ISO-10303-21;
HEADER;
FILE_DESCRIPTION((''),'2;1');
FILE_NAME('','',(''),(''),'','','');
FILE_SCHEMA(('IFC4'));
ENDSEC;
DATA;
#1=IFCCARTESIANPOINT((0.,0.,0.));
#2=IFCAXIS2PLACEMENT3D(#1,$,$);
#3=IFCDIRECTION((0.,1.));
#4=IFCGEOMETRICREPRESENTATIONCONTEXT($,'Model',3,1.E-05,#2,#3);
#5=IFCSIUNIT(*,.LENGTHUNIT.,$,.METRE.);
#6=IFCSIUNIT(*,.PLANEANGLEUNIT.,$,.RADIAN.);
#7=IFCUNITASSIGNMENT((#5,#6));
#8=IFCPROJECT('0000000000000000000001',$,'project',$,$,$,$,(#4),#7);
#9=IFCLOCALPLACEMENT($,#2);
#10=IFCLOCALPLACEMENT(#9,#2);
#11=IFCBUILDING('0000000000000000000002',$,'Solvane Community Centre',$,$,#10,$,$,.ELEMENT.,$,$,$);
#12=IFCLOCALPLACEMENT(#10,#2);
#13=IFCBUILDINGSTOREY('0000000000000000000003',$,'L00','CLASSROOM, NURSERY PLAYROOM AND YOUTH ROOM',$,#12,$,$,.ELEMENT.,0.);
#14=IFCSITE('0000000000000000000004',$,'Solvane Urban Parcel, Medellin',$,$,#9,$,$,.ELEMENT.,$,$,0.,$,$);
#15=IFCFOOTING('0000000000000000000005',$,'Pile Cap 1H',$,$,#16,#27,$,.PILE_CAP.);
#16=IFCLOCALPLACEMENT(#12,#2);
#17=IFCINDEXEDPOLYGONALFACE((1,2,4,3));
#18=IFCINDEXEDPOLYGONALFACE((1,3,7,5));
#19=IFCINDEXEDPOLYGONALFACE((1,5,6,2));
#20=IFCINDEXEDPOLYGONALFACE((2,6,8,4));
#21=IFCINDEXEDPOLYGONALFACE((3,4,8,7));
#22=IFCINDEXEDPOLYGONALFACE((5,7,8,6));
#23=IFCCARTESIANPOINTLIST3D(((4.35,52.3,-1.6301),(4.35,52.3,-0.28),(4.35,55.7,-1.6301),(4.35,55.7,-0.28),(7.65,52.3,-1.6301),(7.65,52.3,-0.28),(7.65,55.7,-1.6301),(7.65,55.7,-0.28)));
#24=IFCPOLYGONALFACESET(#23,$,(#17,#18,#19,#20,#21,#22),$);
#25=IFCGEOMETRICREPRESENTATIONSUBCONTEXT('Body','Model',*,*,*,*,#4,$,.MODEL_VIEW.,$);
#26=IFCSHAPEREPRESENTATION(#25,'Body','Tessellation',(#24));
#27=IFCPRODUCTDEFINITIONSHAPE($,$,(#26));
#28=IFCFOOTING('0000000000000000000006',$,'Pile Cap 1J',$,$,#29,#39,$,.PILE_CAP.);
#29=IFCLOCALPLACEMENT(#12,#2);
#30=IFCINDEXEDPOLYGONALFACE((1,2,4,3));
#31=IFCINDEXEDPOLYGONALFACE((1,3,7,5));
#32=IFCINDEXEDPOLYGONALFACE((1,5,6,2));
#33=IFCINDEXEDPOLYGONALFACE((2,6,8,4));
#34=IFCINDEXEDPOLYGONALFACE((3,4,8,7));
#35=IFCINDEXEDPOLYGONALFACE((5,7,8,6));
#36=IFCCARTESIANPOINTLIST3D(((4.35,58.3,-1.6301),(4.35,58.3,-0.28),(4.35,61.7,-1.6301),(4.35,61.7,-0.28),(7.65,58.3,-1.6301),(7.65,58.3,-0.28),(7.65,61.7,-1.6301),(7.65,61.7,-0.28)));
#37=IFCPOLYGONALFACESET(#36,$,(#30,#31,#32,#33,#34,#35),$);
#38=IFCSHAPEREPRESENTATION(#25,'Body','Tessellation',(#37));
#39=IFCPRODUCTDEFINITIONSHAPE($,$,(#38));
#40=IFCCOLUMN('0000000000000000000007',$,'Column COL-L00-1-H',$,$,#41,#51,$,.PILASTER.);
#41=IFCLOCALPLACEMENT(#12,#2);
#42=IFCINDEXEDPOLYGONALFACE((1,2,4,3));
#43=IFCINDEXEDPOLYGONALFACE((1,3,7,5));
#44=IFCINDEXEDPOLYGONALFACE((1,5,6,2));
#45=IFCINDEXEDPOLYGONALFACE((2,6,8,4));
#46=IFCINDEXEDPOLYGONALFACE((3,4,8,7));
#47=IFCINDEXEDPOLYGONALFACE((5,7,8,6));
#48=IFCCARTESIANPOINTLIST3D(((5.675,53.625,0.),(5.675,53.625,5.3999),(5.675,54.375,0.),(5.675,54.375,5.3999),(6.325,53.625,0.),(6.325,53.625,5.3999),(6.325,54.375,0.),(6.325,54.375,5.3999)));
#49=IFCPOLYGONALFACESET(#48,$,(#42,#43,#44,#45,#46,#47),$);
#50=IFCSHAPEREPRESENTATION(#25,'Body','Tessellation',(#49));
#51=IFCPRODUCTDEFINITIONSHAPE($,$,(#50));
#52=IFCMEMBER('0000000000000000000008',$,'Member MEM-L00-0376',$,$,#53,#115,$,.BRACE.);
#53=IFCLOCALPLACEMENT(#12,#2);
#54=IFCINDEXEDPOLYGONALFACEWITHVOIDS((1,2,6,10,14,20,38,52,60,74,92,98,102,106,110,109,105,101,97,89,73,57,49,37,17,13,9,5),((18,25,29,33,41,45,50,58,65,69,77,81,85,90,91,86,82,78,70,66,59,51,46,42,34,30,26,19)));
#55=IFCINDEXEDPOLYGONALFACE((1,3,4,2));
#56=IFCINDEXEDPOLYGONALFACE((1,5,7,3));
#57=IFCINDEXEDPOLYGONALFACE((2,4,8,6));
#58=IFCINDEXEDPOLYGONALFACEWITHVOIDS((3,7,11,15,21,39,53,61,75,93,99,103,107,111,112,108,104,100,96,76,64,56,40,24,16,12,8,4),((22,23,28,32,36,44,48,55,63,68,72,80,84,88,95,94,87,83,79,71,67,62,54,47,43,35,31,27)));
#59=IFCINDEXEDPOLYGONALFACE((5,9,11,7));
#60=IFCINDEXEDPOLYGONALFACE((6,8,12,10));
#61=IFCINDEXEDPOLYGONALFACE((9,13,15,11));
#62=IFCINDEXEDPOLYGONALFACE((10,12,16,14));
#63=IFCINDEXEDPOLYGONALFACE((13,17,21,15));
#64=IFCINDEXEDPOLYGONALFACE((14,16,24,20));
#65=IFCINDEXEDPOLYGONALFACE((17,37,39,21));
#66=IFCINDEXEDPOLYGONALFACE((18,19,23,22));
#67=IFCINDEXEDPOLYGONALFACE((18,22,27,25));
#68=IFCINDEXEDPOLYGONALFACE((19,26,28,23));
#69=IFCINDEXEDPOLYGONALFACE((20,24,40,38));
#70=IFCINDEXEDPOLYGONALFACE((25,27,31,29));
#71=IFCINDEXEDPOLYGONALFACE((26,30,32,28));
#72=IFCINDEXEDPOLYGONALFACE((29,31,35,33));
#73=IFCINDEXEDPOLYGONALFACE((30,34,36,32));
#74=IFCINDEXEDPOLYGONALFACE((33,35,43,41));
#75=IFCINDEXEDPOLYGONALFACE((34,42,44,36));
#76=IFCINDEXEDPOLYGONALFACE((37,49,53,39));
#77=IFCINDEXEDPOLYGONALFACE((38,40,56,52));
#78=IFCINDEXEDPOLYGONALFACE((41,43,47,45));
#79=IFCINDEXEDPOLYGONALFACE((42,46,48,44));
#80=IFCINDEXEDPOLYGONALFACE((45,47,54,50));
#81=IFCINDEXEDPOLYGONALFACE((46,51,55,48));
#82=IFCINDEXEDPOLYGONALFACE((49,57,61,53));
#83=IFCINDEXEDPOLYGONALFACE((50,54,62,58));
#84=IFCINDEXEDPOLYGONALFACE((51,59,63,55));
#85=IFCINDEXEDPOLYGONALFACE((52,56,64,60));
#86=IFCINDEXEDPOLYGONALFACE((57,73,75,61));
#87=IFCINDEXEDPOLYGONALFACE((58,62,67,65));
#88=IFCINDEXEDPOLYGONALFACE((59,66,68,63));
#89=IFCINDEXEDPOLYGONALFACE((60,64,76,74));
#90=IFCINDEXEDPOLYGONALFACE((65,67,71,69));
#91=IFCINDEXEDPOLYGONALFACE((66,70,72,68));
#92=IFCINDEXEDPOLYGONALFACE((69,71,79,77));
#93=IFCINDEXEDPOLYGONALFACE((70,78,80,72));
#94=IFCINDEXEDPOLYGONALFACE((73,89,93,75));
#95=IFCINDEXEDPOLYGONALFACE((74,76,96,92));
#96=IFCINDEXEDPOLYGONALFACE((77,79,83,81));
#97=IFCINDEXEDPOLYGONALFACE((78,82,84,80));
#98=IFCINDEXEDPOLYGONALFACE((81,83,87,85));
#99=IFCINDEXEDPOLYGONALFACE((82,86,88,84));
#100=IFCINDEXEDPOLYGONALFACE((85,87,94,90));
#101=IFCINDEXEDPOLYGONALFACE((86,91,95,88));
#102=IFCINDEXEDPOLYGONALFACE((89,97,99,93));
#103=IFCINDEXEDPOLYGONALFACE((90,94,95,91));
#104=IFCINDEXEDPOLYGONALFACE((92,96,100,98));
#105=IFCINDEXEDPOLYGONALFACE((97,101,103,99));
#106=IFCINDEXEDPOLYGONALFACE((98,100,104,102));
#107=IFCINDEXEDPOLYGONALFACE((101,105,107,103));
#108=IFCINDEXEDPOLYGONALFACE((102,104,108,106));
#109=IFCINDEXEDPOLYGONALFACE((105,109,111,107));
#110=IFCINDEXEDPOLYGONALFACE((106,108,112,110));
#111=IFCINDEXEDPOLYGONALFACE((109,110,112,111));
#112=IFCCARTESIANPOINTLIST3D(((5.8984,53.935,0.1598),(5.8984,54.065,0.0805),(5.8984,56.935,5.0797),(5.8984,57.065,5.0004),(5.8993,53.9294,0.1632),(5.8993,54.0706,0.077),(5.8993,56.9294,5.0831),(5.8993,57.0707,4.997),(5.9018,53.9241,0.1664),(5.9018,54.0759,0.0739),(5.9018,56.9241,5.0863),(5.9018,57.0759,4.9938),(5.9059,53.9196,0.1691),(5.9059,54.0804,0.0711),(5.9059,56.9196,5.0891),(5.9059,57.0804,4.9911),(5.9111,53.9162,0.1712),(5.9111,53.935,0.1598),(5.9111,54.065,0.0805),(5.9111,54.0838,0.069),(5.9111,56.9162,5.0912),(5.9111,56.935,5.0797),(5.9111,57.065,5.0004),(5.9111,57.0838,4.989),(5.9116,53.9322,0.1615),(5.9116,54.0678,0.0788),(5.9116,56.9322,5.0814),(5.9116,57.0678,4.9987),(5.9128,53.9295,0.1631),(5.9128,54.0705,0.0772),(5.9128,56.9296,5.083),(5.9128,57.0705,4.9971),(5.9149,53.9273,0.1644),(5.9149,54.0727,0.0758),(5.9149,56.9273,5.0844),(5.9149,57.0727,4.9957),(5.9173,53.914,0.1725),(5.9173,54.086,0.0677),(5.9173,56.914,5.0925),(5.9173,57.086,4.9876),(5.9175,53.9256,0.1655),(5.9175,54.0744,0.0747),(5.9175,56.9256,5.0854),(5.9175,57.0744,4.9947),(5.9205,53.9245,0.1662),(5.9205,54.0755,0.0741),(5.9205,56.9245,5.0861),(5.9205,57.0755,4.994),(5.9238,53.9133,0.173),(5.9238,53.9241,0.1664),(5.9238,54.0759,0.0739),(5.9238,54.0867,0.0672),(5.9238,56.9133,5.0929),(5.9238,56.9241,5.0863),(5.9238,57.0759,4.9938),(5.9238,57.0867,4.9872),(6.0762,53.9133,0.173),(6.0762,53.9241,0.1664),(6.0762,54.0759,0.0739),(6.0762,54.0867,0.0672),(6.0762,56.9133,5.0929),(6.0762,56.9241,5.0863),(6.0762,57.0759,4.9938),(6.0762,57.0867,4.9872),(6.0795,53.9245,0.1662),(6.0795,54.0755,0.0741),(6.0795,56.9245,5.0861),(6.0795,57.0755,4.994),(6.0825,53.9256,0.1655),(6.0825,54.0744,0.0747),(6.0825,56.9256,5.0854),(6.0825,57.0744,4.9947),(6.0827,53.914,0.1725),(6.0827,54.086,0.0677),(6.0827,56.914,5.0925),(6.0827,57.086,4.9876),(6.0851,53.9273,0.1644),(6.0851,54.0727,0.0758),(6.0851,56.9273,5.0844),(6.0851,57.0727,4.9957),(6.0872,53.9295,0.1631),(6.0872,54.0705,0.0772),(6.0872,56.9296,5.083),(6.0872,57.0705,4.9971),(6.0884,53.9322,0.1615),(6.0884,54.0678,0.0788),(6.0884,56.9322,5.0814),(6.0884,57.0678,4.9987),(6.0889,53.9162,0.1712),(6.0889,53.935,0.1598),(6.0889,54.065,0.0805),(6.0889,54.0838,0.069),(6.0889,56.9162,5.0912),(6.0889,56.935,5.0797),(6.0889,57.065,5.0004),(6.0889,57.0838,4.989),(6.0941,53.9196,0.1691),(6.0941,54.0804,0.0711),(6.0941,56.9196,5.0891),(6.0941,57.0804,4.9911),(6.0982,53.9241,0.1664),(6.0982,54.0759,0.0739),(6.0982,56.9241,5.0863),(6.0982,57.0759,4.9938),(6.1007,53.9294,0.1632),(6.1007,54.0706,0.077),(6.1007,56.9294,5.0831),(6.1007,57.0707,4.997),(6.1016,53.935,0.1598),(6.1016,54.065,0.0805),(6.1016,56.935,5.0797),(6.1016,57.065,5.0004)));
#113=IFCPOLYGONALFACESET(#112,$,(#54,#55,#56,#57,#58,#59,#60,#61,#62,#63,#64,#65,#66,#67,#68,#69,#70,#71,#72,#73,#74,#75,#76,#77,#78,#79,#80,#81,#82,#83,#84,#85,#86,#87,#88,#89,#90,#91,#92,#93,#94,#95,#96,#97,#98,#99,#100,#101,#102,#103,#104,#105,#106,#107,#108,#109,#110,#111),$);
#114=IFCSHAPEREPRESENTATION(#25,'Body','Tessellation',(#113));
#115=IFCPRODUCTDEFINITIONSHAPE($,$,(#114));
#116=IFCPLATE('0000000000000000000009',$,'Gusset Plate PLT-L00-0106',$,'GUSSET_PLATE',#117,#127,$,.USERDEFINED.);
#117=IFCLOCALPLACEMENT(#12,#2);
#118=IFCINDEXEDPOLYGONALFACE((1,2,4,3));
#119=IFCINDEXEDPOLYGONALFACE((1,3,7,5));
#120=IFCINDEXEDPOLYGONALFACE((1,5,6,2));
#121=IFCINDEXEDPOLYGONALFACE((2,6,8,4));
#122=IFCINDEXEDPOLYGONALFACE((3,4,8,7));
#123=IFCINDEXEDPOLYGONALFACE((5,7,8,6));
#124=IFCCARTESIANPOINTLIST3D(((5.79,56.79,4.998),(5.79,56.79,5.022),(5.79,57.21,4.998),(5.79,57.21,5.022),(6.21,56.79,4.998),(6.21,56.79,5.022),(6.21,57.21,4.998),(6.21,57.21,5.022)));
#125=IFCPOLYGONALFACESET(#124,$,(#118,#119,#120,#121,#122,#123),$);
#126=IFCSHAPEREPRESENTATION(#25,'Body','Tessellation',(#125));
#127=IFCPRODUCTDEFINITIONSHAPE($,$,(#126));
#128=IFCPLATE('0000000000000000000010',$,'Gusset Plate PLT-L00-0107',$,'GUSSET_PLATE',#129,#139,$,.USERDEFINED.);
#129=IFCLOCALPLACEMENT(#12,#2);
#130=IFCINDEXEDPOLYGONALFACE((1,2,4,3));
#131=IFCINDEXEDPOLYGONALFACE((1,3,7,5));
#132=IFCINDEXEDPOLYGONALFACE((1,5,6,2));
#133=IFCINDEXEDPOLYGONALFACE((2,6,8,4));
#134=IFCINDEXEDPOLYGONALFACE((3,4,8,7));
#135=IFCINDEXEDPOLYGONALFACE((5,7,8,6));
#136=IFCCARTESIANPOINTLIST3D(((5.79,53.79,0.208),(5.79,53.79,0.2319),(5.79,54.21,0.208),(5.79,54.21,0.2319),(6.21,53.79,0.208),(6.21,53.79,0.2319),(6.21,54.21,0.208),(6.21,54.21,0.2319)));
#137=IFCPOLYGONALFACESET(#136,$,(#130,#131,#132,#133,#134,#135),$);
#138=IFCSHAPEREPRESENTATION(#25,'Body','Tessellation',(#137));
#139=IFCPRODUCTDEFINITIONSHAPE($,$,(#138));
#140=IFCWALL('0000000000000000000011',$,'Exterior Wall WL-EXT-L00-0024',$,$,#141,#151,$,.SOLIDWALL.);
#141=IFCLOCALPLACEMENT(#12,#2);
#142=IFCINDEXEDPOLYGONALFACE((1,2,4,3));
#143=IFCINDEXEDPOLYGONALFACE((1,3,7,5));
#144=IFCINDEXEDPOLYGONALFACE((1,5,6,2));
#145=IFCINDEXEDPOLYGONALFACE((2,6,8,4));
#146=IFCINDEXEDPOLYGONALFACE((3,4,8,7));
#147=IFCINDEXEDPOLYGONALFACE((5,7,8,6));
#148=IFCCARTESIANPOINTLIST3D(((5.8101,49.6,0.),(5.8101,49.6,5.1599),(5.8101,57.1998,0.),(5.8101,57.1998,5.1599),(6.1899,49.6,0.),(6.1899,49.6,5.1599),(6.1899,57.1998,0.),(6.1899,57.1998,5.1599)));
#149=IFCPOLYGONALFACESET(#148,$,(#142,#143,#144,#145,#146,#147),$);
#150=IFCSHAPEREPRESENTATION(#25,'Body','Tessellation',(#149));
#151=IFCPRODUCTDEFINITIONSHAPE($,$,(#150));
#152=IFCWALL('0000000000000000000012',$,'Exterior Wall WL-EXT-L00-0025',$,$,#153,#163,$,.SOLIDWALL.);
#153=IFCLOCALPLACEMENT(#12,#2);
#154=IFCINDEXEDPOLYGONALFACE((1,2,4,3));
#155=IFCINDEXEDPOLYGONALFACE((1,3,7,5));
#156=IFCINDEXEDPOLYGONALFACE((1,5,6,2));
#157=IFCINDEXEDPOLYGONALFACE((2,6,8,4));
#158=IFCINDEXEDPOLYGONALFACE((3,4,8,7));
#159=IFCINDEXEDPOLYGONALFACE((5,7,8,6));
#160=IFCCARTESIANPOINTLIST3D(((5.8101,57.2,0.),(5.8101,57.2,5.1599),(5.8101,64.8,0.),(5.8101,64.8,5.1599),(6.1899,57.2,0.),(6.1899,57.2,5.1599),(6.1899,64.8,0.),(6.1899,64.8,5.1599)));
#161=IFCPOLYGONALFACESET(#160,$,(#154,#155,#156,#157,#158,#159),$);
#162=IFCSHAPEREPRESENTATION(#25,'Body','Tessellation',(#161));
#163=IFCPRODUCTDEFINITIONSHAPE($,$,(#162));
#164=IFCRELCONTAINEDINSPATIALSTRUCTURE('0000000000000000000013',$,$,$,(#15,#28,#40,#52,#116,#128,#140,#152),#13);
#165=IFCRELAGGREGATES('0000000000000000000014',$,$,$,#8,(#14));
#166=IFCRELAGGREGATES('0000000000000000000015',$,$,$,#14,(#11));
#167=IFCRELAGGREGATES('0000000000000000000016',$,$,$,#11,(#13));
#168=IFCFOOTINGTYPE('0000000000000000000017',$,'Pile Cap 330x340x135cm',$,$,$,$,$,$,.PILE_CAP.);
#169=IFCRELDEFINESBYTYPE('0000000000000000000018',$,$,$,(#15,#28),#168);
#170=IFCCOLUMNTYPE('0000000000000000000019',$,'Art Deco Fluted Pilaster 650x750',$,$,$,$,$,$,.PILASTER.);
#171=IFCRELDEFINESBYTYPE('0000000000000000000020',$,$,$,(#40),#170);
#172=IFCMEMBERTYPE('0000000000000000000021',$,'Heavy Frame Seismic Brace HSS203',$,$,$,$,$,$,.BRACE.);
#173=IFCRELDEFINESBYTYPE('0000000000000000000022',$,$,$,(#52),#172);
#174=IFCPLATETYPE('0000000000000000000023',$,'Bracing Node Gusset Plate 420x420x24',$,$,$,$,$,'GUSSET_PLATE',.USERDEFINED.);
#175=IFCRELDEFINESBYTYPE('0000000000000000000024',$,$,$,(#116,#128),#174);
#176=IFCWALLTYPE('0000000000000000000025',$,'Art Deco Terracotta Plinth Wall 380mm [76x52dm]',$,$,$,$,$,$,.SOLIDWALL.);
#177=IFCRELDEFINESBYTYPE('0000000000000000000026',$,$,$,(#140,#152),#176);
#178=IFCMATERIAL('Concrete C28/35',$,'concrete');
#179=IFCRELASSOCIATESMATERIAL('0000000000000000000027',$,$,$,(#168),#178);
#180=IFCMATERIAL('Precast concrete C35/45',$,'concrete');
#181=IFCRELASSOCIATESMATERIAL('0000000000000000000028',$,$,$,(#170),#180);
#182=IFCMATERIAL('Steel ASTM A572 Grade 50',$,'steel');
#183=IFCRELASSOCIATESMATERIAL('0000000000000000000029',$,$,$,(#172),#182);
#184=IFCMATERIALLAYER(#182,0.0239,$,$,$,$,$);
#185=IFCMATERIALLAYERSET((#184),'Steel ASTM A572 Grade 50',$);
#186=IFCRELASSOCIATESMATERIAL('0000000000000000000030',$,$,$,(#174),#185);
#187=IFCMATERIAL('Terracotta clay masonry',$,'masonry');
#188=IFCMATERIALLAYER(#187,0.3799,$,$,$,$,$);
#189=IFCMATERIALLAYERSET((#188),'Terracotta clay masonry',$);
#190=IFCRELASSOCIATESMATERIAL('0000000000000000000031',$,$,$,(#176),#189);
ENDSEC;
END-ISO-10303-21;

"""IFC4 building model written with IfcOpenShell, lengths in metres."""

from ifc_helpers import new_model, si_unit, direction, frame, frame_2d, origin, origin_2d, place, context, subcontext, project, spatial, rectangle, hollow_rectangle, extrude, material, layer, layer_set, material_profile, profile_set, type_object, element, save


model = new_model("IFC4")

# Units and contexts
model_context = context("Model", 3, precision=1e-05, world=origin(), true_north=direction((0.0, 1.0)))
body_context = subcontext(model_context, "Body", "Model", "MODEL_VIEW")
ifc_project = project(units=[si_unit("LENGTHUNIT", "METRE"), si_unit("PLANEANGLEUNIT", "RADIAN")], contexts=[model_context])

# Site, building, storey
site_placement = place(None, origin())
site = spatial("IfcSite", under=ifc_project, at=site_placement, Name="Solvane Urban Parcel, Medellin", CompositionType="ELEMENT", RefElevation=0.0)
building_placement = place(site_placement, origin())
building = spatial("IfcBuilding", under=site, at=building_placement, Name="Solvane Community Centre", CompositionType="ELEMENT")
storey_placement = place(building_placement, origin())
storey = spatial("IfcBuildingStorey", under=building, at=storey_placement, Name="L00", Description="CLASSROOM, NURSERY PLAYROOM AND YOUTH ROOM", CompositionType="ELEMENT", Elevation=0.0)

# Shared definitions
ifc_material_1 = material(Name="Concrete C28/35", Category="concrete")

# Footings
footing_type = type_object("IfcFootingType", Name="Pile Cap 330x340x135cm", PredefinedType="PILE_CAP", material=ifc_material_1)
for number, where, z_axis, x_axis, name in (
    (1, (6.0, 54.0, -1.6301), (0.0, 0.0, 1.0), (1.0, 0.0, 0.0), "Pile Cap 1H"),
    (2, (6.0, 60.0, -1.6301), (0.0, 0.0, 1.0), (1.0, 0.0, 0.0), "Pile Cap 1J"),
):
    element("IfcFooting", number, at=place(storey_placement, frame(where, z_axis=z_axis, x_axis=x_axis)), inside=storey, type_object=footing_type, Name=name, PredefinedType="PILE_CAP", context=body_context, shape_type="SweptSolid", body=[
        extrude(rectangle(XDim=3.3, YDim=3.3999, at=origin_2d()), origin(), (0.0, 0.0, 1.0), 1.3501),
    ])

# Column
ifc_material_2 = material(Name="Precast concrete C35/45", Category="concrete")
ifc_material_profile_1 = material_profile(ifc_material_2, rectangle(XDim=0.6499, YDim=0.75, at=origin_2d()), Name="RC 650x750")
ifc_profile_set_1 = profile_set([ifc_material_profile_1], Name="Precast concrete C35/45")
column_type = type_object("IfcColumnType", Name="Art Deco Fluted Pilaster 650x750", PredefinedType="PILASTER", material=ifc_profile_set_1)
column_placement = place(storey_placement, frame((6.0, 54.0, 0.0), z_axis=(0.0, 0.0, 1.0), x_axis=(1.0, 0.0, 0.0)))
element("IfcColumn", 3, at=column_placement, inside=storey, type_object=column_type, Name="Column COL-L00-1-H", PredefinedType="PILASTER", context=body_context, shape_type="SweptSolid", body=[
    extrude(rectangle(XDim=0.6499, YDim=0.75, at=origin_2d()), origin(), (0.0, 0.0, 1.0), 5.3999),
])

# Member
ifc_material_3 = material(Name="Steel ASTM A572 Grade 50", Category="steel")
ifc_material_profile_2 = material_profile(ifc_material_3, hollow_rectangle(XDim=0.2031, YDim=0.2031, WallThickness=0.0127, InnerFilletRadius=0.0127, OuterFilletRadius=0.0254, at=origin_2d()), Name="HSS 203x203x12.7")
ifc_profile_set_2 = profile_set([ifc_material_profile_2], Name="Steel ASTM A572 Grade 50")
member_type = type_object("IfcMemberType", Name="Heavy Frame Seismic Brace HSS203", PredefinedType="BRACE", material=ifc_profile_set_2)
member_placement = place(storey_placement, frame((6.0, 54.0, 0.1201), z_axis=(0.0, 0.520613, 0.853793), x_axis=(-1.0, 0.0, 0.0)))
element("IfcMember", 4, at=member_placement, inside=storey, type_object=member_type, Name="Member MEM-L00-0376", PredefinedType="BRACE", context=body_context, shape_type="SweptSolid", body=[
    extrude(hollow_rectangle(XDim=0.2031, YDim=0.2031, WallThickness=0.0127, InnerFilletRadius=0.0127, OuterFilletRadius=0.0254, at=origin_2d()), origin(), (0.0, 0.0, 1.0), 5.7625),
])

# Plates
ifc_layer_1 = layer(ifc_material_3, 0.0239)
ifc_layer_set_1 = layer_set([ifc_layer_1], Name="Steel ASTM A572 Grade 50")
plate_type = type_object("IfcPlateType", Name="Bracing Node Gusset Plate 420x420x24", ElementType="GUSSET_PLATE", PredefinedType="USERDEFINED", material=ifc_layer_set_1)
for number, where, z_axis, x_axis, name in (
    (5, (6.0, 57.0, 4.998), (0.0, 0.0, 1.0), (1.0, 0.0, 0.0), "Gusset Plate PLT-L00-0106"),
    (6, (6.0, 54.0, 0.208), (0.0, 0.0, 1.0), (1.0, 0.0, 0.0), "Gusset Plate PLT-L00-0107"),
):
    element("IfcPlate", number, at=place(storey_placement, frame(where, z_axis=z_axis, x_axis=x_axis)), inside=storey, type_object=plate_type, Name=name, ObjectType="GUSSET_PLATE", PredefinedType="USERDEFINED", context=body_context, shape_type="SweptSolid", body=[
        extrude(rectangle(XDim=0.4199, YDim=0.4199, at=origin_2d()), origin(), (0.0, 0.0, 1.0), 0.0239),
    ])

# Walls
ifc_material_4 = material(Name="Terracotta clay masonry", Category="masonry")
ifc_layer_2 = layer(ifc_material_4, 0.3799)
ifc_layer_set_2 = layer_set([ifc_layer_2], Name="Terracotta clay masonry")
wall_type_1 = type_object("IfcWallType", Name="Art Deco Terracotta Plinth Wall 380mm [76x52dm]", PredefinedType="SOLIDWALL", material=ifc_layer_set_2)
wall_1_placement = place(storey_placement, frame((6.0, 49.6001, 0.0), z_axis=(0.0, 0.0, 1.0), x_axis=(0.0, 1.0, 0.0)))
element("IfcWall", 7, at=wall_1_placement, inside=storey, type_object=wall_type_1, Name="Exterior Wall WL-EXT-L00-0024", PredefinedType="SOLIDWALL", context=body_context, shape_type="SweptSolid", body=[
    extrude(rectangle(XDim=7.5999, YDim=0.3799, at=frame_2d((3.7998, 0.0))), origin(), (0.0, 0.0, 1.0), 5.1599),
])
wall_2_placement = place(storey_placement, frame((6.0, 57.2, 0.0), z_axis=(0.0, 0.0, 1.0), x_axis=(0.0, 1.0, 0.0)))
element("IfcWall", 8, at=wall_2_placement, inside=storey, type_object=wall_type_1, Name="Exterior Wall WL-EXT-L00-0025", PredefinedType="SOLIDWALL", context=body_context, shape_type="SweptSolid", body=[
    extrude(rectangle(XDim=7.6001, YDim=0.3799, at=frame_2d((3.8, 0.0))), origin(), (0.0, 0.0, 1.0), 5.1599),
])

save(model, "model.ifc")
